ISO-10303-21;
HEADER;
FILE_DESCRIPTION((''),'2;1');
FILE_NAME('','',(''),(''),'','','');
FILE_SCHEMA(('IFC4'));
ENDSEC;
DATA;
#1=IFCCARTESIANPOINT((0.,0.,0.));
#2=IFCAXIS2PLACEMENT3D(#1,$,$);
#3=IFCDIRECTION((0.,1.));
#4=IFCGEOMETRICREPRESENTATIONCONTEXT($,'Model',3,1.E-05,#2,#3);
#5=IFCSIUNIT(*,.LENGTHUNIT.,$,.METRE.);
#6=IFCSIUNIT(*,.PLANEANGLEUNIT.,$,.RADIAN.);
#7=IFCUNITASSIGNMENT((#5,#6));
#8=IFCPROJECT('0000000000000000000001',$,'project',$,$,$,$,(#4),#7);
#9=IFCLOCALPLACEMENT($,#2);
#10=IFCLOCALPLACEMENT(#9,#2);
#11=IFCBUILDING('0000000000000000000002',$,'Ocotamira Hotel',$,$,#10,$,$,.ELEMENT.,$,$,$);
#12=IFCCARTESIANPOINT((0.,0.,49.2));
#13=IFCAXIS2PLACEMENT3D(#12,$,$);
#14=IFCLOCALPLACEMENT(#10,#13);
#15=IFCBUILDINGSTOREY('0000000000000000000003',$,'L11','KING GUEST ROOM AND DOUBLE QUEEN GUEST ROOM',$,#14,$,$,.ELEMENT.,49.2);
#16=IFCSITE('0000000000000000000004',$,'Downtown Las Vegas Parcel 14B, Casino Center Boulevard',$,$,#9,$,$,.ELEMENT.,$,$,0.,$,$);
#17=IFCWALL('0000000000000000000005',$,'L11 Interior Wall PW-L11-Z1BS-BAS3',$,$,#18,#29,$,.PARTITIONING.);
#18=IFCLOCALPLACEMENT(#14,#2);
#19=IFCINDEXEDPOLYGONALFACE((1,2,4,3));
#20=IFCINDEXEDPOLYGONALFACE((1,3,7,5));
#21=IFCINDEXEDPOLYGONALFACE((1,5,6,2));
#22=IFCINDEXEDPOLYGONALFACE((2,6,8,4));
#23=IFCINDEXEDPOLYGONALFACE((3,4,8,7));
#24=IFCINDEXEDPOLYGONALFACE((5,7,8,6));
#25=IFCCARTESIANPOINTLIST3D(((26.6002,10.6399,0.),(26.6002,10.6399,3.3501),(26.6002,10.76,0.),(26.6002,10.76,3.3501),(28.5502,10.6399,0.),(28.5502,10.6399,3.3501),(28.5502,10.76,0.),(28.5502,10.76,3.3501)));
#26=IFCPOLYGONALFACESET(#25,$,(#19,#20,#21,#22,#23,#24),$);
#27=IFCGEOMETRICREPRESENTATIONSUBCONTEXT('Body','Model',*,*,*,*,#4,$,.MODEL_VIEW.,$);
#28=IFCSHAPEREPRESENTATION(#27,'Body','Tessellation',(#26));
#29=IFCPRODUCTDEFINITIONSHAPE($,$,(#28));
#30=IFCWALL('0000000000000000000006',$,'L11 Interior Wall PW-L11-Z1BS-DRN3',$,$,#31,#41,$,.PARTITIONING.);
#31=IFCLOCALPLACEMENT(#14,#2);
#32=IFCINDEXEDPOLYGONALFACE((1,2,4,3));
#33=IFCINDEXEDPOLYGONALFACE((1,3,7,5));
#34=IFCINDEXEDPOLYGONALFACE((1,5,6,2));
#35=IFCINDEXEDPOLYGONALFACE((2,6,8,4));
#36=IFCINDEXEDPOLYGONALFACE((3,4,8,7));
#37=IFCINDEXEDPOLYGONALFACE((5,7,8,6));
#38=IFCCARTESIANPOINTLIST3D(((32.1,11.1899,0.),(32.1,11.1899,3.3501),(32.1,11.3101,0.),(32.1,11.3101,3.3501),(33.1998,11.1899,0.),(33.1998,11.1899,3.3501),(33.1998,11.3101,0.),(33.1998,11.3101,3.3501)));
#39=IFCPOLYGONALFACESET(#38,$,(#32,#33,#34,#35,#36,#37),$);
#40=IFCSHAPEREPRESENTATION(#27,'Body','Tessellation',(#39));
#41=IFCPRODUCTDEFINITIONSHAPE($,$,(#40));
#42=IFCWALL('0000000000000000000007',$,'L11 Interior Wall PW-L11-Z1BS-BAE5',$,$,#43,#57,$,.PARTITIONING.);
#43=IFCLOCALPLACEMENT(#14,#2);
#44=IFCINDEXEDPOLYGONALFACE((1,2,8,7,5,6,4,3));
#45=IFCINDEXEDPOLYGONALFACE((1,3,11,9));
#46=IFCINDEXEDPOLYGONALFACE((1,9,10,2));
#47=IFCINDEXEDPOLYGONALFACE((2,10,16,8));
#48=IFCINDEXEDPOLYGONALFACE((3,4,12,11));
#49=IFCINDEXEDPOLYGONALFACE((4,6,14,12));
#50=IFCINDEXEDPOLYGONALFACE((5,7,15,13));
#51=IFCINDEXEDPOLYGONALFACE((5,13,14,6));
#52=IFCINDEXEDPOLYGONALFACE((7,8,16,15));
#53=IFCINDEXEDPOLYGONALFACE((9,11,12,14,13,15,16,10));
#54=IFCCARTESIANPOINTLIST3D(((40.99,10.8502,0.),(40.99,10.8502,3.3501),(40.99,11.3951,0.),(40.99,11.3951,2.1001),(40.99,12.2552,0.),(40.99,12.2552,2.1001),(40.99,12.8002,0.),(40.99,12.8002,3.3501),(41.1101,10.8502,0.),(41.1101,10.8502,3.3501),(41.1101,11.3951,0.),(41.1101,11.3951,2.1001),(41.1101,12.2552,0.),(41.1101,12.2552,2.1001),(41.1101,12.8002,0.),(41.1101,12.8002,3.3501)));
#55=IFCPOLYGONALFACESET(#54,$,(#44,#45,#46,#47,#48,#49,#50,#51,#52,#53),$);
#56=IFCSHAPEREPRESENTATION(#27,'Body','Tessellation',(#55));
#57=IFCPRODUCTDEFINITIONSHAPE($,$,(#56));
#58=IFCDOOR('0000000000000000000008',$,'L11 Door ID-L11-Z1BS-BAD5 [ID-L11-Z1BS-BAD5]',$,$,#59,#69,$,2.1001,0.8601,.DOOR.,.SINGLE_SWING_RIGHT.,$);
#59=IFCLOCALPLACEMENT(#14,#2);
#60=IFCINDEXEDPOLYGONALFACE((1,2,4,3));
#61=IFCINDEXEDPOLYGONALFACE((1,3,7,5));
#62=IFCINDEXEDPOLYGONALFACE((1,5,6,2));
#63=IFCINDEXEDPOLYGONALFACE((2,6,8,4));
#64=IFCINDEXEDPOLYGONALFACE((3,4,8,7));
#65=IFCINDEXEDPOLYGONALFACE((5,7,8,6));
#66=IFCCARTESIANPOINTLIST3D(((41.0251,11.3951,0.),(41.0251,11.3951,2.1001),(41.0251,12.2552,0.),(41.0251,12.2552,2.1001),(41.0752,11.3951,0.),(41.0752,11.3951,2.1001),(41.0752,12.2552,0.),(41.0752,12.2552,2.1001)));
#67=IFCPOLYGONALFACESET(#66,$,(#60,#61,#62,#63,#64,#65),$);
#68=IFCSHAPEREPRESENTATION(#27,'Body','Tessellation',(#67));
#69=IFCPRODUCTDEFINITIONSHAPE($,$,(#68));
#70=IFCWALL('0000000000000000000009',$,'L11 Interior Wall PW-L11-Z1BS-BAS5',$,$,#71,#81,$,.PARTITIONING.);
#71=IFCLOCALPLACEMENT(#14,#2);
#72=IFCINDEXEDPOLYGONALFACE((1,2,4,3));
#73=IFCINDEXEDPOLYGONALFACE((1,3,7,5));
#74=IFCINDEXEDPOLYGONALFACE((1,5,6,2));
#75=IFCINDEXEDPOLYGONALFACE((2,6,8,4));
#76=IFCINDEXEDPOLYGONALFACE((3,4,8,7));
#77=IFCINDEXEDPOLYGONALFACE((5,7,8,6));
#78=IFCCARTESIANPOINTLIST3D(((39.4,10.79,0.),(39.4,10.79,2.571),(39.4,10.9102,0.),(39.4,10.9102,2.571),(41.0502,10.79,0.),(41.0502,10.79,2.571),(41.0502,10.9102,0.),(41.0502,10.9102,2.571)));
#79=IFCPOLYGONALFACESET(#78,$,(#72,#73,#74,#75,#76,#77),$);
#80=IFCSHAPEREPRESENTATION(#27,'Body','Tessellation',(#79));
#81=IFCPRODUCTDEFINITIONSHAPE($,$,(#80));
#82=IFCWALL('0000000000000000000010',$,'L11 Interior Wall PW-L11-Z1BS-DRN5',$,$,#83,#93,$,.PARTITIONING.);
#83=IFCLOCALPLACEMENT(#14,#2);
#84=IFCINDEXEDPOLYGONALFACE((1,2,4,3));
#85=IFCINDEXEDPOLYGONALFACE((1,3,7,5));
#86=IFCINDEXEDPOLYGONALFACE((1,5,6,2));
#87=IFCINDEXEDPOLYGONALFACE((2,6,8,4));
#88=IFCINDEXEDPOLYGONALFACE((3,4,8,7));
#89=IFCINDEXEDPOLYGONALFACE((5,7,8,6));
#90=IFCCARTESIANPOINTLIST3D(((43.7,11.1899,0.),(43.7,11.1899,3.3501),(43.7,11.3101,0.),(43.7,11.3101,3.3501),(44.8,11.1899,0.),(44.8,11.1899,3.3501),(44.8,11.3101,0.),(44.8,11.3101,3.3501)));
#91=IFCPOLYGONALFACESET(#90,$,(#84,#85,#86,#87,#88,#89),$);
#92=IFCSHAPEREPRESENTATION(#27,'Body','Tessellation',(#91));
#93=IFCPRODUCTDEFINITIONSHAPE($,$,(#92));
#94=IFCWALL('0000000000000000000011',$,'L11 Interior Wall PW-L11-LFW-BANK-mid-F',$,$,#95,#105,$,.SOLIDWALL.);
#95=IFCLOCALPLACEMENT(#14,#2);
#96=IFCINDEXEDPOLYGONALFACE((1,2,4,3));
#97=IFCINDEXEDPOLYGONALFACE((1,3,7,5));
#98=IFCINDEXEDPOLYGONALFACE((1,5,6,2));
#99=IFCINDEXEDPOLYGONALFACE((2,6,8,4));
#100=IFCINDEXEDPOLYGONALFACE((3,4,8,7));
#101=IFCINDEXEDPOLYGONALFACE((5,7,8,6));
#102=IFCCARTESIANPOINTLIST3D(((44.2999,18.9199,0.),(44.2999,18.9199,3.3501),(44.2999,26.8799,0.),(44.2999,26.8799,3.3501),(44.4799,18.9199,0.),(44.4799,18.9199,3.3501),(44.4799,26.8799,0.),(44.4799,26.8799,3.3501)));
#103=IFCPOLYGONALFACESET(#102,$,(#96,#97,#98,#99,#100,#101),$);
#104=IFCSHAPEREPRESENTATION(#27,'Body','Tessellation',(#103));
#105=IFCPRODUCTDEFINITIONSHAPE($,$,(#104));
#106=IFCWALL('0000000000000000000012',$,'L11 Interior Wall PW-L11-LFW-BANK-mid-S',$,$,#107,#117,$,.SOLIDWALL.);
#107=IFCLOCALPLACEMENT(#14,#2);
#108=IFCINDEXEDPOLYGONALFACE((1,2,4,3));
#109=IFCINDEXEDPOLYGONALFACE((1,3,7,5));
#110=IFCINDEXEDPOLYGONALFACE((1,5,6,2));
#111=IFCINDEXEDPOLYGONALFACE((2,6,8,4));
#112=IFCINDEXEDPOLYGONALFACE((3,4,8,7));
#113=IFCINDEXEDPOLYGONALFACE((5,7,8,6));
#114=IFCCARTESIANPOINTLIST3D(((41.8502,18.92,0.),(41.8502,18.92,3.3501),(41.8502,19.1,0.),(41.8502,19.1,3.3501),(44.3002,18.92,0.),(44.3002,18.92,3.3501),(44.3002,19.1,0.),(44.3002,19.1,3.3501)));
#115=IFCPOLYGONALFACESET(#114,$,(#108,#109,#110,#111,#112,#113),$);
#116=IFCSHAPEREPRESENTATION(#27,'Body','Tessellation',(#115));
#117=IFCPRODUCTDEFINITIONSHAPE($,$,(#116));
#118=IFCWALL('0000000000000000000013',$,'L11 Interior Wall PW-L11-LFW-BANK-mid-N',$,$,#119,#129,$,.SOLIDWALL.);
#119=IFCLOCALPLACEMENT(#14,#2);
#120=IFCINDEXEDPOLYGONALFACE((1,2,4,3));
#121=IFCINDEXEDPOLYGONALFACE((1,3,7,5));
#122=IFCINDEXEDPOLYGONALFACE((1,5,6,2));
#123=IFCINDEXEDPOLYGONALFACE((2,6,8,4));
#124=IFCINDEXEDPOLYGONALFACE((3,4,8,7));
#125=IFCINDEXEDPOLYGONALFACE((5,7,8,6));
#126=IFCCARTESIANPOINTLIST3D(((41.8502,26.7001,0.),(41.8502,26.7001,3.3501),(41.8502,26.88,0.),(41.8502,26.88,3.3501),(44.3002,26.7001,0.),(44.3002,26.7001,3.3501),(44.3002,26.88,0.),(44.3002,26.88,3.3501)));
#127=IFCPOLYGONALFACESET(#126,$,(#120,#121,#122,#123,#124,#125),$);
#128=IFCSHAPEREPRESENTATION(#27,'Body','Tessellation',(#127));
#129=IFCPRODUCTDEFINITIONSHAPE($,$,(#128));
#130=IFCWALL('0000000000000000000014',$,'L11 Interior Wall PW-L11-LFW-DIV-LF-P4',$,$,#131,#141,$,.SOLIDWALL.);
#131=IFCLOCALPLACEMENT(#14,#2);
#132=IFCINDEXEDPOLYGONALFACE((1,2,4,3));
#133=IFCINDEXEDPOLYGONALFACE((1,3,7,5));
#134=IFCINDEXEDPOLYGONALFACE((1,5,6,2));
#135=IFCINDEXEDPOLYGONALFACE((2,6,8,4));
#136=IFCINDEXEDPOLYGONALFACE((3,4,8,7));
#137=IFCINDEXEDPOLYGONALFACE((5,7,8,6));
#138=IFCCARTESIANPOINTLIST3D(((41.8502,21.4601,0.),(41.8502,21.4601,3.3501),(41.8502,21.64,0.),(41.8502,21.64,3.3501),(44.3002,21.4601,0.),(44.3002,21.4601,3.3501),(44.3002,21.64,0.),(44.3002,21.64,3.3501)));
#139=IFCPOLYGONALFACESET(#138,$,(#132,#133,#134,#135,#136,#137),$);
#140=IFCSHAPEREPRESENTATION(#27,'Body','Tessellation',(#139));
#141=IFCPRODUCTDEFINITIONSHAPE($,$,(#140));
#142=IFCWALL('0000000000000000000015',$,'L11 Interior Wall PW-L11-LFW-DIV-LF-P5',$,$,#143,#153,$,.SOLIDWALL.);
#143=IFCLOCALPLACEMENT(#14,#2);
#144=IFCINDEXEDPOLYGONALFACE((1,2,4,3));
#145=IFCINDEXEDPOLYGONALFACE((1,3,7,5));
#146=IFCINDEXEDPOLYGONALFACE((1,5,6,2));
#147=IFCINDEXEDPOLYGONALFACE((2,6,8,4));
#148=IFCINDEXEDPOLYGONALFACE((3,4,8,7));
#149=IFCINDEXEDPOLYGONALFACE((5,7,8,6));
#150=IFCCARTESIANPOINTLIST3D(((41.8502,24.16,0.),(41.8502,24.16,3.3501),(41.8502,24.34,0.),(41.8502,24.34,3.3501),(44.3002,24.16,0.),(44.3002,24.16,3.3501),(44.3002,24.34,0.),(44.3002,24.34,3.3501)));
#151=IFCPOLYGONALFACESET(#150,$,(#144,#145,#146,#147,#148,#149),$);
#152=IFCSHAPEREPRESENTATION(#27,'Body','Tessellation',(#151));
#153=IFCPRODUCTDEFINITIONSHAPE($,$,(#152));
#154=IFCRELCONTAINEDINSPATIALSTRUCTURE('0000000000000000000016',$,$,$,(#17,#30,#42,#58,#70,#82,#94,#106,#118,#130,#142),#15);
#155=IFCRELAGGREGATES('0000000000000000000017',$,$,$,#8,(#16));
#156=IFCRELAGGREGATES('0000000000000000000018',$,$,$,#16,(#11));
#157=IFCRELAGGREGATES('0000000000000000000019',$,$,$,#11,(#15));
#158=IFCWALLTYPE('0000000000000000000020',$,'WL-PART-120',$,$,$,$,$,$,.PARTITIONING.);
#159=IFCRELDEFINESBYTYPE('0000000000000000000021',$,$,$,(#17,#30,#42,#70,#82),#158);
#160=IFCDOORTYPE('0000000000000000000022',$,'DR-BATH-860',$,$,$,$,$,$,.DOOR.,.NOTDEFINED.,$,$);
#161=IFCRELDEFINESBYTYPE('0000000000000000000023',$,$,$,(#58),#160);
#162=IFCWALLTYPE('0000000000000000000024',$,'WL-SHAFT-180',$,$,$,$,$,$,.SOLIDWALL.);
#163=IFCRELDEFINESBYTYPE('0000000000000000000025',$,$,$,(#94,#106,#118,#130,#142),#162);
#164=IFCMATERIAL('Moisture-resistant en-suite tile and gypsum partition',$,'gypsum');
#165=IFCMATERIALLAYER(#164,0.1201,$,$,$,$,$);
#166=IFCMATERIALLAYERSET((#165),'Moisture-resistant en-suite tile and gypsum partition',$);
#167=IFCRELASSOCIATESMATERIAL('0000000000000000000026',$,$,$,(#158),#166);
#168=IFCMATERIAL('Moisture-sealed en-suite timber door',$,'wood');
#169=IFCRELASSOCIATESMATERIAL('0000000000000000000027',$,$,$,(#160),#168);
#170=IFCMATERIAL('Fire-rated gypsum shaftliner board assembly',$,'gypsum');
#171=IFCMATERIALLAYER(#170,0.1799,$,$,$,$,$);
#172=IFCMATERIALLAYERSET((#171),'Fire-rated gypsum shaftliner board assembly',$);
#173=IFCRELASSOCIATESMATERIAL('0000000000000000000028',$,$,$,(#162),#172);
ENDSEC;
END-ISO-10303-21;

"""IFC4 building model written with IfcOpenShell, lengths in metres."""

from ifc_helpers import new_model, si_unit, direction, frame, frame_2d, origin, place, context, subcontext, project, spatial, rectangle, extrude, source, transform, mapped, material, layer, layer_set, type_object, element, fill, save


model = new_model("IFC4")

# Units and contexts
model_context = context("Model", 3, precision=1e-05, world=origin(), true_north=direction((0.0, 1.0)))
body_context = subcontext(model_context, "Body", "Model", "MODEL_VIEW")
ifc_project = project(units=[si_unit("LENGTHUNIT", "METRE"), si_unit("PLANEANGLEUNIT", "RADIAN")], contexts=[model_context])

# Site, building, storey
site_placement = place(None, origin())
site = spatial("IfcSite", under=ifc_project, at=site_placement, Name="Downtown Las Vegas Parcel 14B, Casino Center Boulevard", CompositionType="ELEMENT", RefElevation=0.0)
building_placement = place(site_placement, origin())
building = spatial("IfcBuilding", under=site, at=building_placement, Name="Ocotamira Hotel", CompositionType="ELEMENT")
storey_placement = place(building_placement, frame((0.0, 0.0, 49.2)))
storey = spatial("IfcBuildingStorey", under=building, at=storey_placement, Name="L11", Description="KING GUEST ROOM AND DOUBLE QUEEN GUEST ROOM", CompositionType="ELEMENT", Elevation=49.2)

# Shared definitions
ifc_material_1 = material(Name="Moisture-resistant en-suite tile and gypsum partition", Category="gypsum")
ifc_layer_1 = layer(ifc_material_1, 0.1201)
ifc_layer_set_1 = layer_set([ifc_layer_1], Name="Moisture-resistant en-suite tile and gypsum partition")
wall_type_1 = type_object("IfcWallType", Name="WL-PART-120", PredefinedType="PARTITIONING", material=ifc_layer_set_1)

# Shared definitions
ifc_material_2 = material(Name="Moisture-sealed en-suite timber door", Category="wood")
door_type_1 = type_object("IfcDoorType", Name="DR-BATH-860", OperationType="NOTDEFINED", PredefinedType="DOOR", material=ifc_material_2)
shared_shape_1 = source(origin(), body_context, "Body", "SweptSolid", [
    extrude(rectangle(XDim=0.8601, YDim=2.1001, at=frame_2d((0.4302, 1.05))), frame((0.0, 0.0249, 0.0), z_axis=(0.0, -1.0, 0.0), x_axis=(1.0, 0.0, 0.0)), (0.0, 0.0, 1.0), 0.05),
])

# Walls
wall_1_placement = place(storey_placement, frame((26.6001, 10.7, 0.0), z_axis=(0.0, 0.0, 1.0), x_axis=(1.0, 0.0, 0.0)))
element("IfcWall", 1, at=wall_1_placement, inside=storey, type_object=wall_type_1, Name="L11 Interior Wall PW-L11-Z1BS-BAS3", PredefinedType="PARTITIONING", context=body_context, shape_type="SweptSolid", body=[
    extrude(rectangle(XDim=1.95, YDim=0.1201, at=frame_2d((0.9751, 0.0))), origin(), (0.0, 0.0, 1.0), 3.3501),
])
wall_2_placement = place(storey_placement, frame((32.1001, 11.25, 0.0), z_axis=(0.0, 0.0, 1.0), x_axis=(1.0, 0.0, 0.0)))
element("IfcWall", 2, at=wall_2_placement, inside=storey, type_object=wall_type_1, Name="L11 Interior Wall PW-L11-Z1BS-DRN3", PredefinedType="PARTITIONING", context=body_context, shape_type="SweptSolid", body=[
    extrude(rectangle(XDim=1.0999, YDim=0.1201, at=frame_2d((0.5498, 0.0))), origin(), (0.0, 0.0, 1.0), 3.3501),
])

# Wall, opening, door
wall_3_placement = place(storey_placement, frame((41.05, 10.8501, 0.0), z_axis=(0.0, 0.0, 1.0), x_axis=(0.0, 1.0, 0.0)))
wall_3 = element("IfcWall", 3, at=wall_3_placement, inside=storey, type_object=wall_type_1, Name="L11 Interior Wall PW-L11-Z1BS-BAE5", PredefinedType="PARTITIONING", context=body_context, shape_type="SweptSolid", body=[
    extrude(rectangle(XDim=1.95, YDim=0.1201, at=frame_2d((0.9751, 0.0))), origin(), (0.0, 0.0, 1.0), 3.3501),
])
opening_1_placement = place(wall_3_placement, frame((0.5449, 0.0, 0.0)))
opening_1 = element("IfcOpeningElement", 4, at=opening_1_placement, cuts=wall_3, PredefinedType="OPENING", context=body_context, shape_type="SweptSolid", body=[
    extrude(rectangle(XDim=0.8601, YDim=2.1001, at=frame_2d((0.4302, 1.05))), frame((0.0, 0.0701, 0.0), z_axis=(0.0, -1.0, 0.0), x_axis=(1.0, 0.0, 0.0)), (0.0, 0.0, 1.0), 0.1401),
])
door_1_placement = place(opening_1_placement, origin())
door_1 = element("IfcDoor", 5, at=door_1_placement, inside=storey, type_object=door_type_1, Name="L11 Door ID-L11-Z1BS-BAD5 [ID-L11-Z1BS-BAD5]", OperationType="SINGLE_SWING_RIGHT", OverallHeight=2.1001, OverallWidth=0.8601, PredefinedType="DOOR", context=body_context, shape_type="MappedRepresentation", body=[
    mapped(shared_shape_1, transform((0.0, 0.0, 0.0), scale=1.0)),
])
fill(opening_1, door_1)

# Walls
wall_4_placement = place(storey_placement, frame((39.3999, 10.8501, 0.0), z_axis=(0.0, 0.0, 1.0), x_axis=(1.0, 0.0, 0.0)))
element("IfcWall", 6, at=wall_4_placement, inside=storey, type_object=wall_type_1, Name="L11 Interior Wall PW-L11-Z1BS-BAS5", PredefinedType="PARTITIONING", context=body_context, shape_type="SweptSolid", body=[
    extrude(rectangle(XDim=1.6501, YDim=0.1201, at=frame_2d((0.8252, 0.0))), origin(), (0.0, 0.0, 1.0), 2.571),
])
wall_5_placement = place(storey_placement, frame((43.7, 11.25, 0.0), z_axis=(0.0, 0.0, 1.0), x_axis=(1.0, 0.0, 0.0)))
element("IfcWall", 7, at=wall_5_placement, inside=storey, type_object=wall_type_1, Name="L11 Interior Wall PW-L11-Z1BS-DRN5", PredefinedType="PARTITIONING", context=body_context, shape_type="SweptSolid", body=[
    extrude(rectangle(XDim=1.1001, YDim=0.1201, at=frame_2d((0.55, 0.0))), origin(), (0.0, 0.0, 1.0), 3.3501),
])
ifc_material_3 = material(Name="Fire-rated gypsum shaftliner board assembly", Category="gypsum")
ifc_layer_2 = layer(ifc_material_3, 0.1799)
ifc_layer_set_2 = layer_set([ifc_layer_2], Name="Fire-rated gypsum shaftliner board assembly")
wall_type_2 = type_object("IfcWallType", Name="WL-SHAFT-180", PredefinedType="SOLIDWALL", material=ifc_layer_set_2)
wall_6_placement = place(storey_placement, frame((44.3899, 18.9199, 0.0), z_axis=(0.0, 0.0, 1.0), x_axis=(0.0, 1.0, 0.0)))
element("IfcWall", 8, at=wall_6_placement, inside=storey, type_object=wall_type_2, Name="L11 Interior Wall PW-L11-LFW-BANK-mid-F", PredefinedType="SOLIDWALL", context=body_context, shape_type="SweptSolid", body=[
    extrude(rectangle(XDim=7.96, YDim=0.1799, at=frame_2d((3.98, 0.0))), origin(), (0.0, 0.0, 1.0), 3.3501),
])
for number, where, z_axis, x_axis, name in (
    (9, (41.8501, 19.01, 0.0), (0.0, 0.0, 1.0), (1.0, 0.0, 0.0), "L11 Interior Wall PW-L11-LFW-BANK-mid-S"),
    (10, (41.8501, 26.79, 0.0), (0.0, 0.0, 1.0), (1.0, 0.0, 0.0), "L11 Interior Wall PW-L11-LFW-BANK-mid-N"),
    (11, (41.8501, 21.55, 0.0), (0.0, 0.0, 1.0), (1.0, 0.0, 0.0), "L11 Interior Wall PW-L11-LFW-DIV-LF-P4"),
    (12, (41.8501, 24.25, 0.0), (0.0, 0.0, 1.0), (1.0, 0.0, 0.0), "L11 Interior Wall PW-L11-LFW-DIV-LF-P5"),
):
    element("IfcWall", number, at=place(storey_placement, frame(where, z_axis=z_axis, x_axis=x_axis)), inside=storey, type_object=wall_type_2, Name=name, PredefinedType="SOLIDWALL", context=body_context, shape_type="SweptSolid", body=[
        extrude(rectangle(XDim=2.45, YDim=0.1799, at=frame_2d((1.2251, 0.0))), origin(), (0.0, 0.0, 1.0), 3.3501),
    ])

save(model, "model.ifc")
